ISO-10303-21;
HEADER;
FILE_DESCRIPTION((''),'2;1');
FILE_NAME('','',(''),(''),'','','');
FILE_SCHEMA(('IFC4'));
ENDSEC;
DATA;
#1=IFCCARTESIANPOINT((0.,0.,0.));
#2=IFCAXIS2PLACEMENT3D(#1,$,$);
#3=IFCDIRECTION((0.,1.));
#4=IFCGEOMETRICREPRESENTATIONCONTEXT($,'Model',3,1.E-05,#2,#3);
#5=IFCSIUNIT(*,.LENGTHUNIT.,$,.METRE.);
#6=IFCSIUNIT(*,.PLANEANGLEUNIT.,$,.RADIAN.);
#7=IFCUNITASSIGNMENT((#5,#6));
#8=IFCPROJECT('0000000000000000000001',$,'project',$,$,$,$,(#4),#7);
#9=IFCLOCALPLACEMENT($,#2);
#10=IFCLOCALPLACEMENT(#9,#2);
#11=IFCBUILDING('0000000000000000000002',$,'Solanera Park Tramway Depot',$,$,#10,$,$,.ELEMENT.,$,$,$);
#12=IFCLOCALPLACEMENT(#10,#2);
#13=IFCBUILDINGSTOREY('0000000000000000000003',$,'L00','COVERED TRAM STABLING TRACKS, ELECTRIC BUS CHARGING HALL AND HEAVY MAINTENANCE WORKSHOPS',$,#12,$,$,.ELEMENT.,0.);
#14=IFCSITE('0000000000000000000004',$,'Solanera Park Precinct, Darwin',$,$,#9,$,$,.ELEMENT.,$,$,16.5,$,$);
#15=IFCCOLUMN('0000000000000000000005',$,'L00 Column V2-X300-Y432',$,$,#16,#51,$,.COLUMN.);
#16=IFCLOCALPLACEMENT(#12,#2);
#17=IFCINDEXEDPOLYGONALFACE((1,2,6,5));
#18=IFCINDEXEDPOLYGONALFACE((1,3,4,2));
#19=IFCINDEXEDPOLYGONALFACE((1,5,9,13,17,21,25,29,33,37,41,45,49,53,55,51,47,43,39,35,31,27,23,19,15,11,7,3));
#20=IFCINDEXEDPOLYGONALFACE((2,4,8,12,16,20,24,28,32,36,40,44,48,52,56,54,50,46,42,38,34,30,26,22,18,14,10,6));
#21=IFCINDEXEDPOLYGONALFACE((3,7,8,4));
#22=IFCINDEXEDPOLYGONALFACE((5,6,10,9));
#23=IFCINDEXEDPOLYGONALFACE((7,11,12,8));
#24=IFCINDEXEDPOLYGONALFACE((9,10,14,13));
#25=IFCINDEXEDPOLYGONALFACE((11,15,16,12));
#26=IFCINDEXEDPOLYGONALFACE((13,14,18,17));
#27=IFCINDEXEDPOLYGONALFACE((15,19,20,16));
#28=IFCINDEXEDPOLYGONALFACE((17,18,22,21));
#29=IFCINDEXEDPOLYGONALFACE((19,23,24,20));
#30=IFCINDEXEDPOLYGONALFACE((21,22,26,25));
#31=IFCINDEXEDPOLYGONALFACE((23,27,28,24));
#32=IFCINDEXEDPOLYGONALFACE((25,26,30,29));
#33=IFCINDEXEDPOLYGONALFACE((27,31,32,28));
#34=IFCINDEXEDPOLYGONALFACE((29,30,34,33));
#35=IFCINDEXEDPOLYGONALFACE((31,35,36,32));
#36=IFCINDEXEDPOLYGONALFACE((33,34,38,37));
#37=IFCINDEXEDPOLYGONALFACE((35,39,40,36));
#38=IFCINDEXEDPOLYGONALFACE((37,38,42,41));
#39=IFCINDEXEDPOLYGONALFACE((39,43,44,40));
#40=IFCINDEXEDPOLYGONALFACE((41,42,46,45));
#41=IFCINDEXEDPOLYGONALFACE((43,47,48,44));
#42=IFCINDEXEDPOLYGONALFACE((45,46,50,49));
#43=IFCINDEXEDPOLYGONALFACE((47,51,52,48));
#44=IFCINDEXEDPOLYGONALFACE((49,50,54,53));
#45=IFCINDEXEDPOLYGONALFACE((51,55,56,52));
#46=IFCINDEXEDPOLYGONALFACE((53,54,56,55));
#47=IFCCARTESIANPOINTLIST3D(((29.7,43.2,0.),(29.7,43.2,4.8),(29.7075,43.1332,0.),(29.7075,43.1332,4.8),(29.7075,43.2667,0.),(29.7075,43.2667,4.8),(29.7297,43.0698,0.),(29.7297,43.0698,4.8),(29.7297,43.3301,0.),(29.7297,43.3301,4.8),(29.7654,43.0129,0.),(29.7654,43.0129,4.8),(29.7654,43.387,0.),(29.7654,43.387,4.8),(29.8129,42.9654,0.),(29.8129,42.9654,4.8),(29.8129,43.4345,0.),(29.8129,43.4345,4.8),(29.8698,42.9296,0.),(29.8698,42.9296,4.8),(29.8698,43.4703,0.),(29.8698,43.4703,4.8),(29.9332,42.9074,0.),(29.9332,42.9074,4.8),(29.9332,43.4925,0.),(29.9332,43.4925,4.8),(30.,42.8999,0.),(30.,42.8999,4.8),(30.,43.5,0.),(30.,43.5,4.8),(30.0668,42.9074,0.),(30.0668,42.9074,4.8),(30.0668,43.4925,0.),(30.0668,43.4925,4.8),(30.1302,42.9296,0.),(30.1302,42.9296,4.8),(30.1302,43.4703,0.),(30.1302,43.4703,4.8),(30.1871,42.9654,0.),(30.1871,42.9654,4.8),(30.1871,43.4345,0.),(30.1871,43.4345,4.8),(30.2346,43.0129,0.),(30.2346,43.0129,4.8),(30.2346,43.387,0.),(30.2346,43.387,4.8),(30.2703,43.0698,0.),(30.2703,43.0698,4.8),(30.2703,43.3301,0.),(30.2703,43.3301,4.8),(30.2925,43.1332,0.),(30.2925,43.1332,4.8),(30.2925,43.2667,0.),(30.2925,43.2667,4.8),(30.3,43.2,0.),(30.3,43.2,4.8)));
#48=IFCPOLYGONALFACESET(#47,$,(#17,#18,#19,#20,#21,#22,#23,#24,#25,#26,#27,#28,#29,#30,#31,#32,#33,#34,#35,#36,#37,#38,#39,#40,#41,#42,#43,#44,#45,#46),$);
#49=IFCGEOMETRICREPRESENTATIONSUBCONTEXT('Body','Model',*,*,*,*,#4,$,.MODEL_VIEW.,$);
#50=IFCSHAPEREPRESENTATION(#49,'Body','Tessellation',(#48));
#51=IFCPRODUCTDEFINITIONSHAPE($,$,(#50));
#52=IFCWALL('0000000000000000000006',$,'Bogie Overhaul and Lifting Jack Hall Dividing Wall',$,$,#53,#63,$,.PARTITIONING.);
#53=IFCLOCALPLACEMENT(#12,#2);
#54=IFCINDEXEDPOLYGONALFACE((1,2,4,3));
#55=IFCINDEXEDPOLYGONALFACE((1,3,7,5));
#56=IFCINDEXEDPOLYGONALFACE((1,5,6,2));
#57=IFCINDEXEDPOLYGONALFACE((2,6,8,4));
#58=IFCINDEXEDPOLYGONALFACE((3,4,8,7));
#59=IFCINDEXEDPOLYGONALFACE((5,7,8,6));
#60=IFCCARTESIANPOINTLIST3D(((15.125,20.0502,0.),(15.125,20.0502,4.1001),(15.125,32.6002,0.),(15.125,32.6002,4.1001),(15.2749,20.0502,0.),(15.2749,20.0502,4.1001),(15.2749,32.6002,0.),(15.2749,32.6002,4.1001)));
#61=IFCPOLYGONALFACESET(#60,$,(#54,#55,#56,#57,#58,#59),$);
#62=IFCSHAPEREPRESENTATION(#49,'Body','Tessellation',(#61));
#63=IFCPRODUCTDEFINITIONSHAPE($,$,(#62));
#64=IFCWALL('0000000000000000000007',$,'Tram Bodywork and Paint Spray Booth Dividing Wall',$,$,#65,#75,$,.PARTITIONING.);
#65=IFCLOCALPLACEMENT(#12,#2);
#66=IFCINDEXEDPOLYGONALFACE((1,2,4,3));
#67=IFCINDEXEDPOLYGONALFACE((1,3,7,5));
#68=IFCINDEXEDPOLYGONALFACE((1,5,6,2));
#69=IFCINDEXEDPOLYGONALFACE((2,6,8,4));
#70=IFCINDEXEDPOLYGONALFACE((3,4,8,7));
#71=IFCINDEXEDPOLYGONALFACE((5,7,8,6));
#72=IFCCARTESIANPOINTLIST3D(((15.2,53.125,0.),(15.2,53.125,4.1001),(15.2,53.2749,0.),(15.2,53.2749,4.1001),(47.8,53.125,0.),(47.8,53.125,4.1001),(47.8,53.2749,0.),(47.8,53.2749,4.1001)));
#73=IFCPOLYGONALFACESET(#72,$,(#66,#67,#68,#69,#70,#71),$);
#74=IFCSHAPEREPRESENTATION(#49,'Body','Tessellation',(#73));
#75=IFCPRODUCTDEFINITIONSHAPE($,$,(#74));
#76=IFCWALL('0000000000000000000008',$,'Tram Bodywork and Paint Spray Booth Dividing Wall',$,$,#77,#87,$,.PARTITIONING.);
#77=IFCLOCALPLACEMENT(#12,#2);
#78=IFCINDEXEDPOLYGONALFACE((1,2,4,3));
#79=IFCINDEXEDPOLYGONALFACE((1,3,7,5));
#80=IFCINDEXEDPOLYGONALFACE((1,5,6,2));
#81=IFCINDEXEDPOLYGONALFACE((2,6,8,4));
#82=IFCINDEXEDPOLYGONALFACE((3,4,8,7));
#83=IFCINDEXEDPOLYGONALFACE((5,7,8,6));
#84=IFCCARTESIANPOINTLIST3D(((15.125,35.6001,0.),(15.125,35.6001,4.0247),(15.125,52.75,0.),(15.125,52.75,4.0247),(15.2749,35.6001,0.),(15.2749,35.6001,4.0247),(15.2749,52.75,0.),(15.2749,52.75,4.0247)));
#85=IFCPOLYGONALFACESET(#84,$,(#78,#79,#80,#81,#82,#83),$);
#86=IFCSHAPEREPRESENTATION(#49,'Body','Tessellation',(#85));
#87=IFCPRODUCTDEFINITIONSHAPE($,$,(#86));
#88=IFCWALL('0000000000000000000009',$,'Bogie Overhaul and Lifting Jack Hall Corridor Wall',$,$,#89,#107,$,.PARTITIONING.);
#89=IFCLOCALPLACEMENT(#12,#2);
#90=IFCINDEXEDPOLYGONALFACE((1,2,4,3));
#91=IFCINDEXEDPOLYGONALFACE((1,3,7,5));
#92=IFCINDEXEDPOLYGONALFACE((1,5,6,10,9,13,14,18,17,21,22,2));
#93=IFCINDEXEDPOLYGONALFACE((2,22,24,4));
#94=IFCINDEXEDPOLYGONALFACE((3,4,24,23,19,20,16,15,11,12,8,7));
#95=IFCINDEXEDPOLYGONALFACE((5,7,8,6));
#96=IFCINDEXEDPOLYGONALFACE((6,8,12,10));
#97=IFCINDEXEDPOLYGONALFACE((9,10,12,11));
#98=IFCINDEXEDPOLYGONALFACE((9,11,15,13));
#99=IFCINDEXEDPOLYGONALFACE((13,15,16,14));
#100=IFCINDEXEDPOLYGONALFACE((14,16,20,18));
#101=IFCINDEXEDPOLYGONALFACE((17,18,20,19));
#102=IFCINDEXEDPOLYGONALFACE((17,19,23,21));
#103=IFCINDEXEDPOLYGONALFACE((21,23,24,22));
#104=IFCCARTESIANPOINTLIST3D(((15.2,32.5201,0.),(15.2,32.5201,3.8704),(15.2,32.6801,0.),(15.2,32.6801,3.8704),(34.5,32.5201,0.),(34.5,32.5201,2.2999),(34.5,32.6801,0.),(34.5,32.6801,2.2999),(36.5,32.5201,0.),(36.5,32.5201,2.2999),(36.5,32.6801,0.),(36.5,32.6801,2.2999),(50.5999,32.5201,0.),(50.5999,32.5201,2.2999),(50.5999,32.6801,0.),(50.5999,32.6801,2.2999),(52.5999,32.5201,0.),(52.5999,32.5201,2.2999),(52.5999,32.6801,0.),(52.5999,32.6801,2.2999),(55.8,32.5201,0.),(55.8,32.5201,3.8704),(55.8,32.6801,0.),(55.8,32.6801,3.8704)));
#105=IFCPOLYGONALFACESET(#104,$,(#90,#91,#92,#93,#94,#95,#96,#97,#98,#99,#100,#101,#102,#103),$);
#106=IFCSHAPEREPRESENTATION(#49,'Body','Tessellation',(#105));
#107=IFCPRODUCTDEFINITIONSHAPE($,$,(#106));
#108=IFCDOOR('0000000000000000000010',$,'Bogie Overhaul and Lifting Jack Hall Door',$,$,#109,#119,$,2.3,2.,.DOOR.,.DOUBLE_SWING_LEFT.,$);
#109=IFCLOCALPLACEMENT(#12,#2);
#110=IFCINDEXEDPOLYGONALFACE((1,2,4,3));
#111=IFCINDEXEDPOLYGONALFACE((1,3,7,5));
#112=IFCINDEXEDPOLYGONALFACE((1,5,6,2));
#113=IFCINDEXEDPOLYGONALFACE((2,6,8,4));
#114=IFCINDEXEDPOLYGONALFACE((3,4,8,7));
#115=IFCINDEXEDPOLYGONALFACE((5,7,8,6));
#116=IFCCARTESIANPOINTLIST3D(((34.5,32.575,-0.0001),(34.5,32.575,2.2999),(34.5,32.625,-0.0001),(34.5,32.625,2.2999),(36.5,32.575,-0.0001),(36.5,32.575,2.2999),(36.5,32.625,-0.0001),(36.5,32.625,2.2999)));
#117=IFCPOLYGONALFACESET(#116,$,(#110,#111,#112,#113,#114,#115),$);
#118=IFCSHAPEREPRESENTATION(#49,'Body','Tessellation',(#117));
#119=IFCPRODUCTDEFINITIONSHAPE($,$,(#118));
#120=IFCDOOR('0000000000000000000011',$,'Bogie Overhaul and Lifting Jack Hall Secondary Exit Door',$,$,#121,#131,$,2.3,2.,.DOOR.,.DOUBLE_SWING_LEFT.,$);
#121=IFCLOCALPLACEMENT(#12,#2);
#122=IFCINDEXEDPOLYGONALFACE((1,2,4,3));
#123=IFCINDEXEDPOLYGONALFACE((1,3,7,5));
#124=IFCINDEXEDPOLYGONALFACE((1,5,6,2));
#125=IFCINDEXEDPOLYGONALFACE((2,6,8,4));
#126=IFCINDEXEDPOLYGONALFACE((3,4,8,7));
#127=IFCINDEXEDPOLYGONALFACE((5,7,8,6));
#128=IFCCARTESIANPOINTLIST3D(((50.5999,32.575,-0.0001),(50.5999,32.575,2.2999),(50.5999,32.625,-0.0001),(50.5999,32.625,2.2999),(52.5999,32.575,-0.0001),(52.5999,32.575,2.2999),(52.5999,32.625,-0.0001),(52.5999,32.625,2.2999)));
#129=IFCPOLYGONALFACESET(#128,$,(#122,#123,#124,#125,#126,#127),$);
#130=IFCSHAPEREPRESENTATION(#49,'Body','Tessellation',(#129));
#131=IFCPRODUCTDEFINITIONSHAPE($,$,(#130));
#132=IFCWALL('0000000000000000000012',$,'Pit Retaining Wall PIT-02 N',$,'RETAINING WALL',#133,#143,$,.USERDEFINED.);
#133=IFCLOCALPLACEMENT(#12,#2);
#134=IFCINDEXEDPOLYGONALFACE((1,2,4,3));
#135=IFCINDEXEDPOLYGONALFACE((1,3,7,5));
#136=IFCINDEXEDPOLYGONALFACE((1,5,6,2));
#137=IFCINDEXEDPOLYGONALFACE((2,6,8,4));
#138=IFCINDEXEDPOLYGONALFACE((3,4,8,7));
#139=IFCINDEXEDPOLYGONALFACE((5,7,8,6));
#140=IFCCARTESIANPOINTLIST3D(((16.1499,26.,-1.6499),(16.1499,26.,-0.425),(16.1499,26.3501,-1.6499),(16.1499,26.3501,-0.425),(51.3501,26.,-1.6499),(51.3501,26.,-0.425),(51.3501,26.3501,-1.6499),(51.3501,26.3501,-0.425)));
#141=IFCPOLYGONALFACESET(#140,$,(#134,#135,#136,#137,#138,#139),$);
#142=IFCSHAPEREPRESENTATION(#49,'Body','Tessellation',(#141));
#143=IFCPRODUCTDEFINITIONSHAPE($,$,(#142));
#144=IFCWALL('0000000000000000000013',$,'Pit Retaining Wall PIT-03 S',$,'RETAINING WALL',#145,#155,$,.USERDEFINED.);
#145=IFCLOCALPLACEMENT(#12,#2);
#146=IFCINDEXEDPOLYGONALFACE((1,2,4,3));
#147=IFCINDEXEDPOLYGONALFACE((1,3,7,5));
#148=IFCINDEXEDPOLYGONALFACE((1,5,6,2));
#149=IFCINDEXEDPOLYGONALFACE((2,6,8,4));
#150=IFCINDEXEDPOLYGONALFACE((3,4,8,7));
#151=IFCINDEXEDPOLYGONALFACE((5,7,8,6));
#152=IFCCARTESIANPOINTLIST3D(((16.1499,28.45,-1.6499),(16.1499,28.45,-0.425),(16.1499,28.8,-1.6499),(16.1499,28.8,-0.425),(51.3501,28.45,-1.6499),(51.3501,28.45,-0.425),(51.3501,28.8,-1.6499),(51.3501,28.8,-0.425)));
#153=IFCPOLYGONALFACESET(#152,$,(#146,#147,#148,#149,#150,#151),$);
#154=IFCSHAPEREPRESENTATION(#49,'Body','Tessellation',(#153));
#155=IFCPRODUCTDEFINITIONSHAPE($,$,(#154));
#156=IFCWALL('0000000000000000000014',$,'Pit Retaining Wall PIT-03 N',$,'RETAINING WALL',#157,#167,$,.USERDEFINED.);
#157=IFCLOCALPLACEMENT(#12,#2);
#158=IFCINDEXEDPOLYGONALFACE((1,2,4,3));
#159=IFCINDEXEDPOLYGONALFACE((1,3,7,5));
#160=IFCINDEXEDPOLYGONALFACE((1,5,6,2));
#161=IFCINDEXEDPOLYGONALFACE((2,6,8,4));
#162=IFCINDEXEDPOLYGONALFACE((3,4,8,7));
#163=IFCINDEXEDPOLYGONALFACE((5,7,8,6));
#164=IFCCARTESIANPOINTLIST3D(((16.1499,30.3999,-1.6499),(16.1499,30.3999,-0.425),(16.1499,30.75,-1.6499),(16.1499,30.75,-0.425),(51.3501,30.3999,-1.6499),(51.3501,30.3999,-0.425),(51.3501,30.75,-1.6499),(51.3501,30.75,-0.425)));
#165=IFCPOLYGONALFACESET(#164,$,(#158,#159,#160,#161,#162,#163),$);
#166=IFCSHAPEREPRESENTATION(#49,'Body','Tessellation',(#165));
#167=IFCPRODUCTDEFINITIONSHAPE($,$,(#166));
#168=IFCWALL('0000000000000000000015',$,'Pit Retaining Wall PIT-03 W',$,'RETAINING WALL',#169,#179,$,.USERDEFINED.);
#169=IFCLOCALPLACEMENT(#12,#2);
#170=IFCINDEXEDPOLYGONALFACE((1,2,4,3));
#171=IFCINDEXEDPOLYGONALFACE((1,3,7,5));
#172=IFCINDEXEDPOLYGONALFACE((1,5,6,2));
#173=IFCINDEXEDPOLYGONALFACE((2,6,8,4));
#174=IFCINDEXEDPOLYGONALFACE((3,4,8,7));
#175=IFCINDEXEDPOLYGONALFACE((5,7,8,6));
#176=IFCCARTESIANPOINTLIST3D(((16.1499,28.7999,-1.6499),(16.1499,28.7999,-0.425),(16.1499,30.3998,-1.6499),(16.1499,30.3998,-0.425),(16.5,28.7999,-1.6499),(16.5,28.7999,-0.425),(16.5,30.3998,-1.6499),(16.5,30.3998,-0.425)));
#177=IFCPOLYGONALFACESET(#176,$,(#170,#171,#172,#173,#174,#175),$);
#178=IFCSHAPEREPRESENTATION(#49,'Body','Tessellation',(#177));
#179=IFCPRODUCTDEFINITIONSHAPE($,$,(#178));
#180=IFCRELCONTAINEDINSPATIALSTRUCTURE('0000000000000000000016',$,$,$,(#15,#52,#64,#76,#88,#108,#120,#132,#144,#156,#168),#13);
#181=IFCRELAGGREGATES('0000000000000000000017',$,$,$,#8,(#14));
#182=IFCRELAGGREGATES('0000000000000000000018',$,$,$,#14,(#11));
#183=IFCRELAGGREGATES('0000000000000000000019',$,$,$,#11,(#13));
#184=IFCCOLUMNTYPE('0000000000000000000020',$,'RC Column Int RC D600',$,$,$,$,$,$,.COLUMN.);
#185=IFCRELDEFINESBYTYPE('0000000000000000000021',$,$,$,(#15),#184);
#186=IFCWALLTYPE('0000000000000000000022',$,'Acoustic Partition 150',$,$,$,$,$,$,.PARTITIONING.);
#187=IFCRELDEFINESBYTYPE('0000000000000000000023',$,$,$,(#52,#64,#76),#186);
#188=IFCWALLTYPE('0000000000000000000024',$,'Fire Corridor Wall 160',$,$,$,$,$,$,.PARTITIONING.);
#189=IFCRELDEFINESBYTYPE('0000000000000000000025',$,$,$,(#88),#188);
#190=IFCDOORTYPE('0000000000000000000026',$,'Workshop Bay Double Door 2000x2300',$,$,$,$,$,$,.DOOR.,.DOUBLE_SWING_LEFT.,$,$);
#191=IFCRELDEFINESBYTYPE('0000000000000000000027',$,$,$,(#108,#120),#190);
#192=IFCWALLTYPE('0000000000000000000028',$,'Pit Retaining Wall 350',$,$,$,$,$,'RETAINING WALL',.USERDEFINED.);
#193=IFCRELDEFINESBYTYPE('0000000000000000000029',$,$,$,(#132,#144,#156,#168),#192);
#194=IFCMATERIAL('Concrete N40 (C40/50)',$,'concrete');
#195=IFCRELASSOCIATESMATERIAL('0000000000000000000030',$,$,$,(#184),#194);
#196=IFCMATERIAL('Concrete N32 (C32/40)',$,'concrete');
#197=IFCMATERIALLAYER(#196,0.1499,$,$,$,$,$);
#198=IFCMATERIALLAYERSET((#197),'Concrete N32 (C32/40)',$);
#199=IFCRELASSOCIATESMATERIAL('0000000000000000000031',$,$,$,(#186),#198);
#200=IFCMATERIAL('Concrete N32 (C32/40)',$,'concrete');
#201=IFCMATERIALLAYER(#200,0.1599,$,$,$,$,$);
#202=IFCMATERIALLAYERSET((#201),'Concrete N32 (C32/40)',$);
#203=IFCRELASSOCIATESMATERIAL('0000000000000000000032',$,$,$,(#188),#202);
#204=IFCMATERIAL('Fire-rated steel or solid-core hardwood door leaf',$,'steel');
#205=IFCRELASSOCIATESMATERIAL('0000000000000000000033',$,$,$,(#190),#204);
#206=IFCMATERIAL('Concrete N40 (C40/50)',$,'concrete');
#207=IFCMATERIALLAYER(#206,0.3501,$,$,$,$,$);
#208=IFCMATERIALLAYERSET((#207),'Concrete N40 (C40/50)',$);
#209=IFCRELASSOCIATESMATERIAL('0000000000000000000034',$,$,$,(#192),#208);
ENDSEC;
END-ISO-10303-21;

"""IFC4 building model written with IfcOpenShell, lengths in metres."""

from ifc_helpers import new_model, si_unit, direction, frame, frame_2d, origin, origin_2d, place, context, subcontext, project, spatial, rectangle, circle, extrude, material, layer, layer_set, material_profile, profile_set, type_object, element, fill, save


model = new_model("IFC4")

# Units and contexts
model_context = context("Model", 3, precision=1e-05, world=origin(), true_north=direction((0.0, 1.0)))
body_context = subcontext(model_context, "Body", "Model", "MODEL_VIEW")
ifc_project = project(units=[si_unit("LENGTHUNIT", "METRE"), si_unit("PLANEANGLEUNIT", "RADIAN")], contexts=[model_context])

# Site, building, storey
site_placement = place(None, origin())
site = spatial("IfcSite", under=ifc_project, at=site_placement, Name="Solanera Park Precinct, Darwin", CompositionType="ELEMENT", RefElevation=16.5)
building_placement = place(site_placement, origin())
building = spatial("IfcBuilding", under=site, at=building_placement, Name="Solanera Park Tramway Depot", CompositionType="ELEMENT")
storey_placement = place(building_placement, origin())
storey = spatial("IfcBuildingStorey", under=building, at=storey_placement, Name="L00", Description="COVERED TRAM STABLING TRACKS, ELECTRIC BUS CHARGING HALL AND HEAVY MAINTENANCE WORKSHOPS", CompositionType="ELEMENT", Elevation=0.0)

# Column
ifc_material_1 = material(Name="Concrete N40 (C40/50)", Category="concrete")
ifc_material_profile_1 = material_profile(ifc_material_1, circle(Radius=0.3, at=origin_2d()), Name="RC D600")
ifc_profile_set_1 = profile_set([ifc_material_profile_1], Name="Concrete N40 (C40/50)")
column_type_1 = type_object("IfcColumnType", Name="RC Column Int RC D600", PredefinedType="COLUMN", material=ifc_profile_set_1)
column_1_placement = place(storey_placement, frame((30.0, 43.2, 0.0), z_axis=(0.0, 0.0, 1.0), x_axis=(1.0, 0.0, 0.0)))
element("IfcColumn", 1, at=column_1_placement, inside=storey, type_object=column_type_1, Name="L00 Column V2-X300-Y432", PredefinedType="COLUMN", context=body_context, shape_type="SweptSolid", body=[
    extrude(circle(Radius=0.3, at=origin_2d()), origin(), (0.0, 0.0, 1.0), 4.8),
])

# Walls
ifc_material_2 = material(Name="Concrete N32 (C32/40)", Category="concrete")
ifc_layer_1 = layer(ifc_material_2, 0.1499)
ifc_layer_set_1 = layer_set([ifc_layer_1], Name="Concrete N32 (C32/40)")
wall_type_1 = type_object("IfcWallType", Name="Acoustic Partition 150", PredefinedType="PARTITIONING", material=ifc_layer_set_1)
wall_1_placement = place(storey_placement, frame((15.2, 32.6001, 0.0), z_axis=(0.0, 0.0, 1.0), x_axis=(0.0, -1.0, 0.0)))
element("IfcWall", 2, at=wall_1_placement, inside=storey, type_object=wall_type_1, Name="Bogie Overhaul and Lifting Jack Hall Dividing Wall", PredefinedType="PARTITIONING", context=body_context, shape_type="SweptSolid", body=[
    extrude(rectangle(XDim=12.55, YDim=0.1499, at=frame_2d((6.2749, 0.0))), origin(), (0.0, 0.0, 1.0), 4.1001),
])
wall_2_placement = place(storey_placement, frame((15.2, 53.2, 0.0), z_axis=(0.0, 0.0, 1.0), x_axis=(1.0, 0.0, 0.0)))
element("IfcWall", 3, at=wall_2_placement, inside=storey, type_object=wall_type_1, Name="Tram Bodywork and Paint Spray Booth Dividing Wall", PredefinedType="PARTITIONING", context=body_context, shape_type="SweptSolid", body=[
    extrude(rectangle(XDim=32.6001, YDim=0.1499, at=frame_2d((16.3, 0.0))), origin(), (0.0, 0.0, 1.0), 4.1001),
])
wall_3_placement = place(storey_placement, frame((15.2, 52.75, 0.0), z_axis=(0.0, 0.0, 1.0), x_axis=(0.0, -1.0, 0.0)))
element("IfcWall", 4, at=wall_3_placement, inside=storey, type_object=wall_type_1, Name="Tram Bodywork and Paint Spray Booth Dividing Wall", PredefinedType="PARTITIONING", context=body_context, shape_type="SweptSolid", body=[
    extrude(rectangle(XDim=17.1499, YDim=0.1499, at=frame_2d((8.575, 0.0))), origin(), (0.0, 0.0, 1.0), 4.0247),
])

# Wall, openings, doors
ifc_material_3 = material(Name="Concrete N32 (C32/40)", Category="concrete")
ifc_layer_2 = layer(ifc_material_3, 0.1599)
ifc_layer_set_2 = layer_set([ifc_layer_2], Name="Concrete N32 (C32/40)")
wall_type_2 = type_object("IfcWallType", Name="Fire Corridor Wall 160", PredefinedType="PARTITIONING", material=ifc_layer_set_2)
wall_4_placement = place(storey_placement, frame((15.2, 32.6001, 0.0), z_axis=(0.0, 0.0, 1.0), x_axis=(1.0, 0.0, 0.0)))
wall_4 = element("IfcWall", 5, at=wall_4_placement, inside=storey, type_object=wall_type_2, Name="Bogie Overhaul and Lifting Jack Hall Corridor Wall", PredefinedType="PARTITIONING", context=body_context, shape_type="SweptSolid", body=[
    extrude(rectangle(XDim=40.6001, YDim=0.1599, at=frame_2d((20.3, 0.0))), origin(), (0.0, 0.0, 1.0), 3.8704),
])
opening_1_placement = place(wall_4_placement, frame((19.3, 0.0, 0.0)))
opening_1 = element("IfcOpeningElement", 6, at=opening_1_placement, cuts=wall_4, PredefinedType="OPENING", context=body_context, shape_type="SweptSolid", body=[
    extrude(rectangle(XDim=2.0, YDim=2.3, at=frame_2d((1.0, 1.1499))), frame((0.0, 0.0898, 0.0), z_axis=(0.0, -1.0, 0.0), x_axis=(1.0, 0.0, 0.0)), (0.0, 0.0, 1.0), 0.1799),
])
opening_2_placement = place(wall_4_placement, frame((35.3999, 0.0, 0.0)))
opening_2 = element("IfcOpeningElement", 7, at=opening_2_placement, cuts=wall_4, PredefinedType="OPENING", context=body_context, shape_type="SweptSolid", body=[
    extrude(rectangle(XDim=2.0, YDim=2.3, at=frame_2d((1.0, 1.1499))), frame((0.0, 0.0898, 0.0), z_axis=(0.0, -1.0, 0.0), x_axis=(1.0, 0.0, 0.0)), (0.0, 0.0, 1.0), 0.1799),
])
ifc_material_4 = material(Name="Fire-rated steel or solid-core hardwood door leaf", Category="steel")
door_type = type_object("IfcDoorType", Name="Workshop Bay Double Door 2000x2300", OperationType="DOUBLE_SWING_LEFT", PredefinedType="DOOR", material=ifc_material_4)
door_1_placement = place(opening_1_placement, origin())
door_1 = element("IfcDoor", 8, at=door_1_placement, inside=storey, type_object=door_type, Name="Bogie Overhaul and Lifting Jack Hall Door", OperationType="DOUBLE_SWING_LEFT", OverallHeight=2.3, OverallWidth=2.0, PredefinedType="DOOR", context=body_context, shape_type="SweptSolid", body=[
    extrude(rectangle(XDim=2.0, YDim=2.3, at=frame_2d((1.0, 1.1499))), frame((0.0, 0.0249, 0.0), z_axis=(0.0, -1.0, 0.0), x_axis=(1.0, 0.0, 0.0)), (0.0, 0.0, 1.0), 0.05),
])
fill(opening_1, door_1)
door_2_placement = place(opening_2_placement, origin())
door_2 = element("IfcDoor", 9, at=door_2_placement, inside=storey, type_object=door_type, Name="Bogie Overhaul and Lifting Jack Hall Secondary Exit Door", OperationType="DOUBLE_SWING_LEFT", OverallHeight=2.3, OverallWidth=2.0, PredefinedType="DOOR", context=body_context, shape_type="SweptSolid", body=[
    extrude(rectangle(XDim=2.0, YDim=2.3, at=frame_2d((1.0, 1.1499))), frame((0.0, 0.0249, 0.0), z_axis=(0.0, -1.0, 0.0), x_axis=(1.0, 0.0, 0.0)), (0.0, 0.0, 1.0), 0.05),
])
fill(opening_2, door_2)

# Walls
ifc_material_5 = material(Name="Concrete N40 (C40/50)", Category="concrete")
ifc_layer_3 = layer(ifc_material_5, 0.3501)
ifc_layer_set_3 = layer_set([ifc_layer_3], Name="Concrete N40 (C40/50)")
wall_type_3 = type_object("IfcWallType", Name="Pit Retaining Wall 350", ElementType="RETAINING WALL", PredefinedType="USERDEFINED", material=ifc_layer_set_3)
for number, where, z_axis, x_axis, name in (
    (10, (16.1499, 26.175, -1.6499), (0.0, 0.0, 1.0), (1.0, 0.0, 0.0), "Pit Retaining Wall PIT-02 N"),
    (11, (16.1499, 28.625, -1.6499), (0.0, 0.0, 1.0), (1.0, 0.0, 0.0), "Pit Retaining Wall PIT-03 S"),
    (12, (16.1499, 30.575, -1.6499), (0.0, 0.0, 1.0), (1.0, 0.0, 0.0), "Pit Retaining Wall PIT-03 N"),
):
    element("IfcWall", number, at=place(storey_placement, frame(where, z_axis=z_axis, x_axis=x_axis)), inside=storey, type_object=wall_type_3, Name=name, ObjectType="RETAINING WALL", PredefinedType="USERDEFINED", context=body_context, shape_type="SweptSolid", body=[
        extrude(rectangle(XDim=35.2002, YDim=0.3501, at=frame_2d((17.6001, 0.0))), origin(), (0.0, 0.0, 1.0), 1.2249),
    ])
wall_5_placement = place(storey_placement, frame((16.325, 28.8, -1.6499), z_axis=(0.0, 0.0, 1.0), x_axis=(0.0, 1.0, 0.0)))
element("IfcWall", 13, at=wall_5_placement, inside=storey, type_object=wall_type_3, Name="Pit Retaining Wall PIT-03 W", ObjectType="RETAINING WALL", PredefinedType="USERDEFINED", context=body_context, shape_type="SweptSolid", body=[
    extrude(rectangle(XDim=1.5999, YDim=0.3501, at=frame_2d((0.7998, 0.0))), origin(), (0.0, 0.0, 1.0), 1.2249),
])

save(model, "model.ifc")
